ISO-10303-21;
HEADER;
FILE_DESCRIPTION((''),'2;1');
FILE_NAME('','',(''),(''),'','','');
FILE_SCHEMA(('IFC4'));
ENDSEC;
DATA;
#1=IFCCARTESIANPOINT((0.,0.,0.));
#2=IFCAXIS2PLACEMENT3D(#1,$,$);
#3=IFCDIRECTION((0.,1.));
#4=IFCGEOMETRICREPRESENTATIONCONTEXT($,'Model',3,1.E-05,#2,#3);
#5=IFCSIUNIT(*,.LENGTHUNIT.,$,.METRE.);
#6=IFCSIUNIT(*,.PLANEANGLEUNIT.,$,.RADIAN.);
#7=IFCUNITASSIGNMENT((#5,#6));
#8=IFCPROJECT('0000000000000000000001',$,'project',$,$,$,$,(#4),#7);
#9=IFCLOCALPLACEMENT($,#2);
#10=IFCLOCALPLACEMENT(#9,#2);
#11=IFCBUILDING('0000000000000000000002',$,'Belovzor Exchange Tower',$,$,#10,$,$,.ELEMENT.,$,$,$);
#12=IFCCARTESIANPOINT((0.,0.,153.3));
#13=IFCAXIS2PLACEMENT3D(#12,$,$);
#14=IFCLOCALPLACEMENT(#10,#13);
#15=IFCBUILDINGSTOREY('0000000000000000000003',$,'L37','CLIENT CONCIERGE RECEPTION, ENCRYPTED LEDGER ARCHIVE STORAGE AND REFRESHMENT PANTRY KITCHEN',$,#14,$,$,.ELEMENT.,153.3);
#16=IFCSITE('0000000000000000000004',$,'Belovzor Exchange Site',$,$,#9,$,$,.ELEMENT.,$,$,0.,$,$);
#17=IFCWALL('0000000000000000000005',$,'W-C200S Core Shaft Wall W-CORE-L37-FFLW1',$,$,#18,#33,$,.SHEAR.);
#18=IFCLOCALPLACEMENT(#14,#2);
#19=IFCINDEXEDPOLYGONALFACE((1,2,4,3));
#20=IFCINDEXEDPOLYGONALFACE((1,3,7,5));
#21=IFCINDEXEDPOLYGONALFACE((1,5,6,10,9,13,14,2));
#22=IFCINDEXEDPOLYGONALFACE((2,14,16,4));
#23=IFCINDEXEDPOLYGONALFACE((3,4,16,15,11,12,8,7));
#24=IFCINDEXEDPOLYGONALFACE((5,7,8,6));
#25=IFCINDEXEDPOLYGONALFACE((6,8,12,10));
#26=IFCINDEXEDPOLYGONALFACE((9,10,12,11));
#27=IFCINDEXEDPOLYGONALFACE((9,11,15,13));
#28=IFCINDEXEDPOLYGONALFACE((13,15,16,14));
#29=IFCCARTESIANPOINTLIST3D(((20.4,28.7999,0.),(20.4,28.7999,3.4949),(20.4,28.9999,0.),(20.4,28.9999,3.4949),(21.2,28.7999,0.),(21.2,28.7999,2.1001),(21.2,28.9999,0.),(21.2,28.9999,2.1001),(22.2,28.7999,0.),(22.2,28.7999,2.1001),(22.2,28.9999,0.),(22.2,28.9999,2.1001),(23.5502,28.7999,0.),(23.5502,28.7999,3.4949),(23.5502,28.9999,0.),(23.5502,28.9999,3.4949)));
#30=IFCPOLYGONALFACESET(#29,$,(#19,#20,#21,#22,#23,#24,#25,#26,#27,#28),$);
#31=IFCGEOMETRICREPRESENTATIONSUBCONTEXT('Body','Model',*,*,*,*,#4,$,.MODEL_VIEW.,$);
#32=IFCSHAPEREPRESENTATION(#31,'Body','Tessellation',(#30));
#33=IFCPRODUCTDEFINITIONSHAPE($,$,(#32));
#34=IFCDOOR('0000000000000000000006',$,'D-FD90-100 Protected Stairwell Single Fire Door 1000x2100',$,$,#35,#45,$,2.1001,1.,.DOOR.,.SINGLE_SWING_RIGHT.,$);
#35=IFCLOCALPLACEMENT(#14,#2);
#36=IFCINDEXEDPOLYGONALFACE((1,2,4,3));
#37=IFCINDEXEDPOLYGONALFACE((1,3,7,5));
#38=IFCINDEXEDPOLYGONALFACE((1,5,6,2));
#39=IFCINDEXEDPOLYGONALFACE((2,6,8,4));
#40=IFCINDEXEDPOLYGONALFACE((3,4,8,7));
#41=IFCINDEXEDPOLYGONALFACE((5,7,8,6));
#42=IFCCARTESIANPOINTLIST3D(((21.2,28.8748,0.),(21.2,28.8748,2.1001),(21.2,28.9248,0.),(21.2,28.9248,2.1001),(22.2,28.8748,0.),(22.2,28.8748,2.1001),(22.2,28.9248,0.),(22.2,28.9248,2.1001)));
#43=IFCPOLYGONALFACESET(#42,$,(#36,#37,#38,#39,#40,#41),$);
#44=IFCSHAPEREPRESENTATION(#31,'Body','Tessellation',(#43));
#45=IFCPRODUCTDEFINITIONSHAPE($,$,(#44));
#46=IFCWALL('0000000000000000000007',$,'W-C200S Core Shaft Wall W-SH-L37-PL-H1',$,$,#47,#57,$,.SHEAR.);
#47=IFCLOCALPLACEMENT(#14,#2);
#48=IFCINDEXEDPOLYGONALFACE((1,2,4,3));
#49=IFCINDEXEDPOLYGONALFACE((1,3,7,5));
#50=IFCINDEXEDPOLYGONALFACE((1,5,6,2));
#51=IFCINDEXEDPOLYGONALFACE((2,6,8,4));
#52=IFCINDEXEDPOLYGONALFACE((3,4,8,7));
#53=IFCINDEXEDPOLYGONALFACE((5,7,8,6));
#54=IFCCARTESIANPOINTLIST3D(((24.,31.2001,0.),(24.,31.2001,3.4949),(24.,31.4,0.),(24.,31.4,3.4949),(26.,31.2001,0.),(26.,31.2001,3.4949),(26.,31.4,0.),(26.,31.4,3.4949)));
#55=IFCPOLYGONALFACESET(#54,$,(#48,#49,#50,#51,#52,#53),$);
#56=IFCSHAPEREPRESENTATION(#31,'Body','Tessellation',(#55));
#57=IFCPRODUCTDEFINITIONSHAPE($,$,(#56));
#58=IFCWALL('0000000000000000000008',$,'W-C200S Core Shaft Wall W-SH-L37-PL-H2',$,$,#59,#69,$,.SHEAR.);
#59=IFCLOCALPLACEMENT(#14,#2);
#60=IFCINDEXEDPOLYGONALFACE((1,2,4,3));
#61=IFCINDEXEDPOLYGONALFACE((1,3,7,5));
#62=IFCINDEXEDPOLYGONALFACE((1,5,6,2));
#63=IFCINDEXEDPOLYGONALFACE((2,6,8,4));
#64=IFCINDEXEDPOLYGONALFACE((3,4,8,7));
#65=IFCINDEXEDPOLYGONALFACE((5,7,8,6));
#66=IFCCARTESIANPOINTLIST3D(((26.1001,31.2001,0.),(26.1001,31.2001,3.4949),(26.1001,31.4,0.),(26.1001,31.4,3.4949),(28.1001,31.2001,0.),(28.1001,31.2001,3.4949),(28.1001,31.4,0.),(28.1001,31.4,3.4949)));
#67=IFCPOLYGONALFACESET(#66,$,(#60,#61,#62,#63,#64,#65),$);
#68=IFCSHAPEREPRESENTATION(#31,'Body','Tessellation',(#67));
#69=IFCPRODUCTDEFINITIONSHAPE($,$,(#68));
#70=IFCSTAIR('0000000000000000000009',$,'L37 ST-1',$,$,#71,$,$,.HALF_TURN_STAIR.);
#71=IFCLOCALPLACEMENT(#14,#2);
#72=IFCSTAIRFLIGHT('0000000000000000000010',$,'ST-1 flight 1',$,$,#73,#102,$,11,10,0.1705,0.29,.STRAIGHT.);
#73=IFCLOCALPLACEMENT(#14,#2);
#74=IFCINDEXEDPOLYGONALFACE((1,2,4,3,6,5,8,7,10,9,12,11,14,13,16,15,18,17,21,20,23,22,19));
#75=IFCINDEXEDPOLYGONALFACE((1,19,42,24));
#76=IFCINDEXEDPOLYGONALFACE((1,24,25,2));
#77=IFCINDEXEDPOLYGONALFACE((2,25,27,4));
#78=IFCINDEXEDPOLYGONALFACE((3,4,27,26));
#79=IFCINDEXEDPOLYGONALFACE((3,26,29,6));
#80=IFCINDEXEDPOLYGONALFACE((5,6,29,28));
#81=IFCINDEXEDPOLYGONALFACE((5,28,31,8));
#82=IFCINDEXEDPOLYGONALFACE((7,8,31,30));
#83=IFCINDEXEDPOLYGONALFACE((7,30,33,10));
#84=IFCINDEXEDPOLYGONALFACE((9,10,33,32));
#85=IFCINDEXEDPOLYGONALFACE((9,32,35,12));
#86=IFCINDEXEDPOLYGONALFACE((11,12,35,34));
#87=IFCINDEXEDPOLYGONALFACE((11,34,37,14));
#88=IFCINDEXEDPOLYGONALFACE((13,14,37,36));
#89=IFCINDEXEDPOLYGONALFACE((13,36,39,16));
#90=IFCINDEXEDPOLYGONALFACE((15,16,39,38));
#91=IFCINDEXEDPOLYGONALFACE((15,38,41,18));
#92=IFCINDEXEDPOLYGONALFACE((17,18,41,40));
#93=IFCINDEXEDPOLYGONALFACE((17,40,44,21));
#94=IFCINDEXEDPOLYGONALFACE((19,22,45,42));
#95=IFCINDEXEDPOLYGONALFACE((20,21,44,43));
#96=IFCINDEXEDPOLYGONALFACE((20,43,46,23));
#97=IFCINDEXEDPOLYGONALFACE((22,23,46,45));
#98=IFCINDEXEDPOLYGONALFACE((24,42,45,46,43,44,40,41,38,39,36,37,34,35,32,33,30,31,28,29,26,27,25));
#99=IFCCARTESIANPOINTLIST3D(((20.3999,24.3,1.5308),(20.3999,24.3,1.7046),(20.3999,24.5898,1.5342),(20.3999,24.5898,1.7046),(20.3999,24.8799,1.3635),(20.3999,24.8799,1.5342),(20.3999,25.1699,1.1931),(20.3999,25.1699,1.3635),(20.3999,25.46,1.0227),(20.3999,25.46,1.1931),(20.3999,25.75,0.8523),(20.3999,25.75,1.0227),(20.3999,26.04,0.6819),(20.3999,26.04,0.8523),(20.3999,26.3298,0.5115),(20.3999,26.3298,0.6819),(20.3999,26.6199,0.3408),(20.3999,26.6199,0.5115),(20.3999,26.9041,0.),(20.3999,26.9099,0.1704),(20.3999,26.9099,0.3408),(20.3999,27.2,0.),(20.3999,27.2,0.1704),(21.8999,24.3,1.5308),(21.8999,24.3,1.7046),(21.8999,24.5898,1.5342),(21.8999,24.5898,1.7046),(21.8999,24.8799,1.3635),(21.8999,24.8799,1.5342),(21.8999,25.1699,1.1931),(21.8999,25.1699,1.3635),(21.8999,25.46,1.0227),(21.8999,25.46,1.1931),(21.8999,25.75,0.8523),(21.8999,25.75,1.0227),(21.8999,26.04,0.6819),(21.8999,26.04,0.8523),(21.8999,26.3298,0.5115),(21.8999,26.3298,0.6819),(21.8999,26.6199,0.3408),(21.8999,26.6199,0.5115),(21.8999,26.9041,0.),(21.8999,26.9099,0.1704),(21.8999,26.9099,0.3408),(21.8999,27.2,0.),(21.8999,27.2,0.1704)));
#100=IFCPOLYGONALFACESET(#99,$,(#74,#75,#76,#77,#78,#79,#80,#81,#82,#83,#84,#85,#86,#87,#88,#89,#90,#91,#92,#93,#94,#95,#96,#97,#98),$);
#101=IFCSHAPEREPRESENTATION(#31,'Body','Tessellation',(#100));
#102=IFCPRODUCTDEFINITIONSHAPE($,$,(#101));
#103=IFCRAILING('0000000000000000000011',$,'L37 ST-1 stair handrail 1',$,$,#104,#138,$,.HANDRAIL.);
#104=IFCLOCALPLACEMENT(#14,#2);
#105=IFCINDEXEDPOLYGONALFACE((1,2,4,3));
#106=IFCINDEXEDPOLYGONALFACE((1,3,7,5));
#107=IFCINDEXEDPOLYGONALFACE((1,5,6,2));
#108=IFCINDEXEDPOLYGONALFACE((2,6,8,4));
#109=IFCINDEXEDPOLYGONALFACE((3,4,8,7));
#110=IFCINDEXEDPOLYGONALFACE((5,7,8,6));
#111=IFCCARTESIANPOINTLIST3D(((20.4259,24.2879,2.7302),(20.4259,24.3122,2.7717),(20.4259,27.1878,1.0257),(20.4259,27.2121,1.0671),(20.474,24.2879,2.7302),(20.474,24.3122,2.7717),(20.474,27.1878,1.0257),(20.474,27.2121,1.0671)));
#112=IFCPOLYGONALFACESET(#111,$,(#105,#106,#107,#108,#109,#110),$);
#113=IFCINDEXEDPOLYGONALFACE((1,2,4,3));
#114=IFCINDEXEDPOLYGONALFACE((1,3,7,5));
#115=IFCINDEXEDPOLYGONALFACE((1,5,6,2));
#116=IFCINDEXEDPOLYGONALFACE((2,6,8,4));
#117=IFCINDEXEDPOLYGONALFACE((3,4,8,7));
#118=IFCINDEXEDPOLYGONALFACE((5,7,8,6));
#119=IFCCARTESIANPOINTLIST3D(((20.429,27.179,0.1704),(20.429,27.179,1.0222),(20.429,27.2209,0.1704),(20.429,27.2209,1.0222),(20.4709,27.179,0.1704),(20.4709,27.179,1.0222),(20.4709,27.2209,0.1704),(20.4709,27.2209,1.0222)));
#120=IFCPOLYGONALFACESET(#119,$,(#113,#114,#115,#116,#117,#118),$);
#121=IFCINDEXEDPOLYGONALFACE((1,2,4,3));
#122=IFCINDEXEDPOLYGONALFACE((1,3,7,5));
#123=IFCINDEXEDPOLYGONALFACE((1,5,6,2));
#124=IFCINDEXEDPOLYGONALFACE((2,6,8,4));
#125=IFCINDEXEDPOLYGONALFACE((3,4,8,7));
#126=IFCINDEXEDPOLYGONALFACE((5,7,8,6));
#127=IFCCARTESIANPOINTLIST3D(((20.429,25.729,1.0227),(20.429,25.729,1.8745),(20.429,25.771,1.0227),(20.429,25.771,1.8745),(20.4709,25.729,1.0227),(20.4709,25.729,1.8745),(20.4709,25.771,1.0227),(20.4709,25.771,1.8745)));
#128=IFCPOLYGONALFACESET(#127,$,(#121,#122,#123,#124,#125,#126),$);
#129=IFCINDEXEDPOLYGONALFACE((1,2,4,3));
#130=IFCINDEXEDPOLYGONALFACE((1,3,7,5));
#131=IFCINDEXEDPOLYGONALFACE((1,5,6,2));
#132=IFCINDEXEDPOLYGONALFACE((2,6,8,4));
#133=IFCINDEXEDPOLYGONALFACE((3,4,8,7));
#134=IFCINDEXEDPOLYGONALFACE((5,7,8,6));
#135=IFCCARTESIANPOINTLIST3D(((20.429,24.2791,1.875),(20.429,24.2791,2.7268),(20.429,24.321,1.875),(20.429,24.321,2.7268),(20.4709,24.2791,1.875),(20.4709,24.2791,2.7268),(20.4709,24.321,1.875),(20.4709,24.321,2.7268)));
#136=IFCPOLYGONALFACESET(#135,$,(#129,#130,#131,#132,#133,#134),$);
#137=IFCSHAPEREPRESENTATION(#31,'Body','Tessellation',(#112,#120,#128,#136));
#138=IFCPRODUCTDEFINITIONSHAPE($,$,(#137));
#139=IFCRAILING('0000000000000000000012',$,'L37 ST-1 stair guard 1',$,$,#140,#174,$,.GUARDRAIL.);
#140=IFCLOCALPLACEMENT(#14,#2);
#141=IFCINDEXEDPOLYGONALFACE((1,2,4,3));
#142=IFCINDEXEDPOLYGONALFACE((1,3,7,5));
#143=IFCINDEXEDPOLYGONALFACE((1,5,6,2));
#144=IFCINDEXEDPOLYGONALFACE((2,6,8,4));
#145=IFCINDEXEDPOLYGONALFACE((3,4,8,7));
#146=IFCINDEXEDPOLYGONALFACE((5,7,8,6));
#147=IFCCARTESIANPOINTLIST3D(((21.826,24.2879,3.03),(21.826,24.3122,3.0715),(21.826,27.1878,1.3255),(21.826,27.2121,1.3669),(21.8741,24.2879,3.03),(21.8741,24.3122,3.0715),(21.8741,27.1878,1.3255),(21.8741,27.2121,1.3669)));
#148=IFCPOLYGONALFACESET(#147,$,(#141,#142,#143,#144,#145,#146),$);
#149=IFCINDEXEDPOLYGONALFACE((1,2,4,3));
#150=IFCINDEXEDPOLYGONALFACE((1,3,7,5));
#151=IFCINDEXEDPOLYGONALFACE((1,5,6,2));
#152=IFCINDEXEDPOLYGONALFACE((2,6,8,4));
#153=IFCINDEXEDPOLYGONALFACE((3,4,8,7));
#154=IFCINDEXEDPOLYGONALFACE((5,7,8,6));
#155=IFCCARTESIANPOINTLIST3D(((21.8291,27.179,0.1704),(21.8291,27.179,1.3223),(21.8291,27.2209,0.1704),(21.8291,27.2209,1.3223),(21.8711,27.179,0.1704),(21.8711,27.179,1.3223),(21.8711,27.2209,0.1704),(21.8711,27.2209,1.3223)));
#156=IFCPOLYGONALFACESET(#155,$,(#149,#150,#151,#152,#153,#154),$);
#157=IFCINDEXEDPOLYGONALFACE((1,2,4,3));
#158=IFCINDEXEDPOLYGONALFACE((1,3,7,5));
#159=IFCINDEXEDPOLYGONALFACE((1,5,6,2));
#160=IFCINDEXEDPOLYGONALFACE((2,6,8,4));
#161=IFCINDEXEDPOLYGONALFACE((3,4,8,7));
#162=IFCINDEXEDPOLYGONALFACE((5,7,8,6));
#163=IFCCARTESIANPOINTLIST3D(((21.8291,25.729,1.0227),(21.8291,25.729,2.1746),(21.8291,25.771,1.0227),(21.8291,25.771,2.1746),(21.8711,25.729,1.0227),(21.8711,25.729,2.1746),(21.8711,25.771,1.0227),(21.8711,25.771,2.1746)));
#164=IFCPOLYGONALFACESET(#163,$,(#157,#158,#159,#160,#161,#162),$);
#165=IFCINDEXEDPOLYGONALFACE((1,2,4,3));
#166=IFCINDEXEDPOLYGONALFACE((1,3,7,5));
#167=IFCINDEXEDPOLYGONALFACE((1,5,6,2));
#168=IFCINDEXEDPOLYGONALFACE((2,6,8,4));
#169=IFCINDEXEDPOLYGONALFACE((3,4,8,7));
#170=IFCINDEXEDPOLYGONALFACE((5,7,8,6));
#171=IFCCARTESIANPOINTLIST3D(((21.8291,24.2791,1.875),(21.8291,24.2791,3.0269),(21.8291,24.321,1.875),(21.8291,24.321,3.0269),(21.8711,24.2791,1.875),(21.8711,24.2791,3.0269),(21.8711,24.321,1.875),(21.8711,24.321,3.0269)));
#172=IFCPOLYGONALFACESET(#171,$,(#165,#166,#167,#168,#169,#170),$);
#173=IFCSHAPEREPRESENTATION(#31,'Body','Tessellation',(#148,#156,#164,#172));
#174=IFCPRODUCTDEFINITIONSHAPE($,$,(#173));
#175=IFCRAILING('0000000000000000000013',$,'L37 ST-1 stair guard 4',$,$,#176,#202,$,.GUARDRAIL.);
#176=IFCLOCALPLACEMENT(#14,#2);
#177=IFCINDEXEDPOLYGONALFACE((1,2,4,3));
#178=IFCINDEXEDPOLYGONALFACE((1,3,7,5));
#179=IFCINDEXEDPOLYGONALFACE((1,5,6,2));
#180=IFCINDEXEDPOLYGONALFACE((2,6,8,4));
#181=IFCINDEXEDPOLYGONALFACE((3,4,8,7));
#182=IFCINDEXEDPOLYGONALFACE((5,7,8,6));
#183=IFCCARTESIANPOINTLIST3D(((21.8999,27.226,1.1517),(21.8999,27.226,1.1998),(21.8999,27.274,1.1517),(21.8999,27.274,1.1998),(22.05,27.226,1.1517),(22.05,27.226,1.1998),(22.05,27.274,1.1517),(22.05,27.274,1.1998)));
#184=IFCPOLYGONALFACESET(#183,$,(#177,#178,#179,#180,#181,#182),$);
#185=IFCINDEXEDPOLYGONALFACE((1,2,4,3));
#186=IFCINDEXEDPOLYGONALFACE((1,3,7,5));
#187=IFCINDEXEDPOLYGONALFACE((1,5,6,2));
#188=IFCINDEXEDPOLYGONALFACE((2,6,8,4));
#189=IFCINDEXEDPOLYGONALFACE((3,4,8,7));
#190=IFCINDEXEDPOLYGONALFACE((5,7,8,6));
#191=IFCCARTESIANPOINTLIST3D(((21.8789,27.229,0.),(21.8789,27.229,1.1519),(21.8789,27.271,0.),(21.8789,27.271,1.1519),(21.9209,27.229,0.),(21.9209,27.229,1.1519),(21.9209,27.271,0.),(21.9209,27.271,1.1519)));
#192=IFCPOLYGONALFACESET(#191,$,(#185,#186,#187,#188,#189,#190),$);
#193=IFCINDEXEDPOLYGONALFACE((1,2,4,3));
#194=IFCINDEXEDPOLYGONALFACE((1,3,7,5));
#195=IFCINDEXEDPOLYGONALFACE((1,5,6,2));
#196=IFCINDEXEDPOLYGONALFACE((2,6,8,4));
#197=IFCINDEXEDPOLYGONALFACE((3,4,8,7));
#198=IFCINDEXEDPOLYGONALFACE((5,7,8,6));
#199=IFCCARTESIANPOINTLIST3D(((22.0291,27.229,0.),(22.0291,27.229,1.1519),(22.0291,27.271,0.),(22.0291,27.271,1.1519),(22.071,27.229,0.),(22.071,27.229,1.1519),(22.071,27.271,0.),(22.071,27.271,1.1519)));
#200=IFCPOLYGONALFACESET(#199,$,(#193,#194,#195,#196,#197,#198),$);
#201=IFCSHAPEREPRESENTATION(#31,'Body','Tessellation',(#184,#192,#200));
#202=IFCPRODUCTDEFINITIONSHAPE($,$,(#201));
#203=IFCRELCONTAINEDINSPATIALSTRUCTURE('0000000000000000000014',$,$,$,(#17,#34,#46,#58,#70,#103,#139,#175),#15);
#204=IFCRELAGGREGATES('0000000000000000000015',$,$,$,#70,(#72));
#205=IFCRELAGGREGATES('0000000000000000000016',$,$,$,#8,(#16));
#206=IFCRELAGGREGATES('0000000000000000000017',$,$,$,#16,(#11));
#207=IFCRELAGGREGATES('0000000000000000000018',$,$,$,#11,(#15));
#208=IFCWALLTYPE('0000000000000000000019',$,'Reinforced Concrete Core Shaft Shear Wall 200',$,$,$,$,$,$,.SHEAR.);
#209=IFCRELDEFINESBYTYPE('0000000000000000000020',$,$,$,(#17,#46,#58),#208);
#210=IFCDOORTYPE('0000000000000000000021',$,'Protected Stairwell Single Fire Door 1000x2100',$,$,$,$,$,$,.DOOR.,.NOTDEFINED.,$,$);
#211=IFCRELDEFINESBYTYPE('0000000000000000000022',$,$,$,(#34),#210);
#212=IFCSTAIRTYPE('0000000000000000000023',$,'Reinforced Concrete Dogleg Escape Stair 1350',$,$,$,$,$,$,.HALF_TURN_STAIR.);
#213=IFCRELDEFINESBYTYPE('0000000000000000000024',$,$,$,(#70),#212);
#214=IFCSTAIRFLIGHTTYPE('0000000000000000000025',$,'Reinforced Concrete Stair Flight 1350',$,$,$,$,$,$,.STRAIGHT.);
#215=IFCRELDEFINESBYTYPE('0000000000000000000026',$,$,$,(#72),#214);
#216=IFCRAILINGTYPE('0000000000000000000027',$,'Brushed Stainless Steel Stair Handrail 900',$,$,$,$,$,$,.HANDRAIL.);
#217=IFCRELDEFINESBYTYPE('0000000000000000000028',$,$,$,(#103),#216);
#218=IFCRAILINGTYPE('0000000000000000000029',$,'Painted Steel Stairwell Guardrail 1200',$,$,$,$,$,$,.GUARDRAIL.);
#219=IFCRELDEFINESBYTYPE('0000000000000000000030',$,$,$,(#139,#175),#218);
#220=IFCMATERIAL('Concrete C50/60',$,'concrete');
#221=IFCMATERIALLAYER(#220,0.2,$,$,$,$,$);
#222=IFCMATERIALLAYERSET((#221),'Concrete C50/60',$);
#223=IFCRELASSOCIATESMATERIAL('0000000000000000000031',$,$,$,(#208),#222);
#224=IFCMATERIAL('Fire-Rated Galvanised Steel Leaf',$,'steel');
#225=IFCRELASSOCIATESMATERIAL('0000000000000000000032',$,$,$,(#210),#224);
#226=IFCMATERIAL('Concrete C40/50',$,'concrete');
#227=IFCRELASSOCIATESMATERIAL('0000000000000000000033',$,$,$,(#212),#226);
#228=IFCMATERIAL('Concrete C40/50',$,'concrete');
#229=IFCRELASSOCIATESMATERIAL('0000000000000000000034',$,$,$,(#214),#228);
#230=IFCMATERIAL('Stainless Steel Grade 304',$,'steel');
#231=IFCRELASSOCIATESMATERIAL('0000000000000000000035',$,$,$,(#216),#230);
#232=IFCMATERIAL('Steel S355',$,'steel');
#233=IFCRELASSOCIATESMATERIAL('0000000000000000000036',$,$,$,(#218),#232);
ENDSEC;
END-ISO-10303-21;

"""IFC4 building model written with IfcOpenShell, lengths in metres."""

from ifc_helpers import new_model, si_unit, direction, frame, frame_2d, origin, origin_2d, place, context, subcontext, project, spatial, polyline, rectangle, outline, extrude, material, layer, layer_set, type_object, element, fill, aggregate, save


model = new_model("IFC4")

# Units and contexts
model_context = context("Model", 3, precision=1e-05, world=origin(), true_north=direction((0.0, 1.0)))
body_context = subcontext(model_context, "Body", "Model", "MODEL_VIEW")
ifc_project = project(units=[si_unit("LENGTHUNIT", "METRE"), si_unit("PLANEANGLEUNIT", "RADIAN")], contexts=[model_context])

# Site, building, storey
site_placement = place(None, origin())
site = spatial("IfcSite", under=ifc_project, at=site_placement, Name="Belovzor Exchange Site", CompositionType="ELEMENT", RefElevation=0.0)
building_placement = place(site_placement, origin())
building = spatial("IfcBuilding", under=site, at=building_placement, Name="Belovzor Exchange Tower", CompositionType="ELEMENT")
storey_placement = place(building_placement, frame((0.0, 0.0, 153.3)))
storey = spatial("IfcBuildingStorey", under=building, at=storey_placement, Name="L37", Description="CLIENT CONCIERGE RECEPTION, ENCRYPTED LEDGER ARCHIVE STORAGE AND REFRESHMENT PANTRY KITCHEN", CompositionType="ELEMENT", Elevation=153.3)

# Wall, opening, door
ifc_material_1 = material(Name="Concrete C50/60", Category="concrete")
ifc_layer_1 = layer(ifc_material_1, 0.2)
ifc_layer_set_1 = layer_set([ifc_layer_1], Name="Concrete C50/60")
wall_type_1 = type_object("IfcWallType", Name="Reinforced Concrete Core Shaft Shear Wall 200", PredefinedType="SHEAR", material=ifc_layer_set_1)
wall_1_placement = place(storey_placement, frame((20.3999, 28.8999, 0.0), z_axis=(0.0, 0.0, 1.0), x_axis=(1.0, 0.0, 0.0)))
wall_1 = element("IfcWall", 1, at=wall_1_placement, inside=storey, type_object=wall_type_1, Name="W-C200S Core Shaft Wall W-CORE-L37-FFLW1", PredefinedType="SHEAR", context=body_context, shape_type="SweptSolid", body=[
    extrude(rectangle(XDim=3.1501, YDim=0.2, at=frame_2d((1.5752, 0.0))), origin(), (0.0, 0.0, 1.0), 3.4949),
])
opening_1_placement = place(wall_1_placement, frame((0.8, 0.0, 0.0)))
opening_1 = element("IfcOpeningElement", 2, at=opening_1_placement, cuts=wall_1, PredefinedType="OPENING", context=body_context, shape_type="SweptSolid", body=[
    extrude(rectangle(XDim=1.0, YDim=2.1001, at=frame_2d((0.5, 1.05))), frame((0.0, 0.1099, 0.0), z_axis=(0.0, -1.0, 0.0), x_axis=(1.0, 0.0, 0.0)), (0.0, 0.0, 1.0), 0.22),
])
ifc_material_2 = material(Name="Fire-Rated Galvanised Steel Leaf", Category="steel")
door_type_1 = type_object("IfcDoorType", Name="Protected Stairwell Single Fire Door 1000x2100", OperationType="NOTDEFINED", PredefinedType="DOOR", material=ifc_material_2)
door_1_placement = place(opening_1_placement, origin())
door_1 = element("IfcDoor", 3, at=door_1_placement, inside=storey, type_object=door_type_1, Name="D-FD90-100 Protected Stairwell Single Fire Door 1000x2100", OperationType="SINGLE_SWING_RIGHT", OverallHeight=2.1001, OverallWidth=1.0, PredefinedType="DOOR", context=body_context, shape_type="SweptSolid", body=[
    extrude(rectangle(XDim=1.0, YDim=2.1001, at=frame_2d((0.5, 1.05))), frame((0.0, 0.0249, 0.0), z_axis=(0.0, -1.0, 0.0), x_axis=(1.0, 0.0, 0.0)), (0.0, 0.0, 1.0), 0.05),
])
fill(opening_1, door_1)

# Walls
for number, where, z_axis, x_axis, name in (
    (4, (24.0, 31.3, 0.0), (0.0, 0.0, 1.0), (1.0, 0.0, 0.0), "W-C200S Core Shaft Wall W-SH-L37-PL-H1"),
    (5, (26.1001, 31.3, 0.0), (0.0, 0.0, 1.0), (1.0, 0.0, 0.0), "W-C200S Core Shaft Wall W-SH-L37-PL-H2"),
):
    element("IfcWall", number, at=place(storey_placement, frame(where, z_axis=z_axis, x_axis=x_axis)), inside=storey, type_object=wall_type_1, Name=name, PredefinedType="SHEAR", context=body_context, shape_type="SweptSolid", body=[
        extrude(rectangle(XDim=2.0, YDim=0.2, at=frame_2d((1.0, 0.0))), origin(), (0.0, 0.0, 1.0), 3.4949),
    ])

# Stair, stair flight
ifc_material_3 = material(Name="Concrete C40/50", Category="concrete")
stair_type = type_object("IfcStairType", Name="Reinforced Concrete Dogleg Escape Stair 1350", PredefinedType="HALF_TURN_STAIR", material=ifc_material_3)
stair_placement = place(storey_placement, origin())
stair = element("IfcStair", 6, at=stair_placement, inside=storey, type_object=stair_type, Name="L37 ST-1", PredefinedType="HALF_TURN_STAIR")
ifc_material_4 = material(Name="Concrete C40/50", Category="concrete")
stair_flight_type = type_object("IfcStairFlightType", Name="Reinforced Concrete Stair Flight 1350", PredefinedType="STRAIGHT", material=ifc_material_4)
stair_flight_placement = place(storey_placement, frame((21.1499, 27.2, 0.0), z_axis=(0.0, 0.0, 1.0), x_axis=(0.0, -1.0, 0.0)))
stair_flight = element("IfcStairFlight", 7, at=stair_flight_placement, type_object=stair_flight_type, Name="ST-1 flight 1", NumberOfRisers=11, NumberOfTreads=10, PredefinedType="STRAIGHT", RiserHeight=0.1705, TreadLength=0.29, context=body_context, shape_type="SweptSolid", body=[
    extrude(outline(polyline([(0.0, 0.0), (0.0, 0.1704), (0.29, 0.1704), (0.29, 0.3408), (0.5801, 0.3408), (0.5801, 0.5115), (0.8701, 0.5115), (0.8701, 0.6819), (1.1599, 0.6819), (1.1599, 0.8523), (1.45, 0.8523), (1.45, 1.0227), (1.74, 1.0227), (1.74, 1.1931), (2.03, 1.1931), (2.03, 1.3635), (2.3201, 1.3635), (2.3201, 1.5342), (2.6101, 1.5342), (2.6101, 1.7046), (2.8999, 1.7046), (2.8999, 1.875), (2.8999, 1.5308), (0.2959, 0.0), (0.0, 0.0)])), frame((0.0, 0.75, 0.0), z_axis=(0.0, -1.0, 0.0), x_axis=(1.0, 0.0, 0.0)), (0.0, 0.0, 1.0), 1.5),
])
aggregate(stair, [stair_flight])

# Railings
ifc_material_5 = material(Name="Stainless Steel Grade 304", Category="steel")
railing_type_1 = type_object("IfcRailingType", Name="Brushed Stainless Steel Stair Handrail 900", PredefinedType="HANDRAIL", material=ifc_material_5)
railing_1_placement = place(storey_placement, frame((20.45, 27.2, 0.1704)))
element("IfcRailing", 8, at=railing_1_placement, inside=storey, type_object=railing_type_1, Name="L37 ST-1 stair handrail 1", PredefinedType="HANDRAIL", context=body_context, shape_type="SweptSolid", body=[
    extrude(rectangle(XDim=0.0481, YDim=0.0481, at=origin_2d()), frame((0.0, 0.0, 0.876), z_axis=(0.0, -0.862095, 0.506747), x_axis=(1.0, 0.0, 0.0)), (0.0, 0.0, 1.0), 3.3638),
    extrude(rectangle(XDim=0.042, YDim=0.042, at=origin_2d()), origin(), (0.0, 0.0, 1.0), 0.8518),
    extrude(rectangle(XDim=0.042, YDim=0.042, at=origin_2d()), frame((0.0, -1.45, 0.8523)), (0.0, 0.0, 1.0), 0.8518),
    extrude(rectangle(XDim=0.042, YDim=0.042, at=origin_2d()), frame((0.0, -2.8999, 1.7046)), (0.0, 0.0, 1.0), 0.8518),
])
ifc_material_6 = material(Name="Steel S355", Category="steel")
railing_type_2 = type_object("IfcRailingType", Name="Painted Steel Stairwell Guardrail 1200", PredefinedType="GUARDRAIL", material=ifc_material_6)
railing_2_placement = place(storey_placement, frame((21.8501, 27.2, 0.1704)))
element("IfcRailing", 9, at=railing_2_placement, inside=storey, type_object=railing_type_2, Name="L37 ST-1 stair guard 1", PredefinedType="GUARDRAIL", context=body_context, shape_type="SweptSolid", body=[
    extrude(rectangle(XDim=0.0481, YDim=0.0481, at=origin_2d()), frame((0.0, 0.0, 1.1758), z_axis=(0.0, -0.862095, 0.506747), x_axis=(1.0, 0.0, 0.0)), (0.0, 0.0, 1.0), 3.3638),
    extrude(rectangle(XDim=0.042, YDim=0.042, at=origin_2d()), origin(), (0.0, 0.0, 1.0), 1.1519),
    extrude(rectangle(XDim=0.042, YDim=0.042, at=origin_2d()), frame((0.0, -1.45, 0.8523)), (0.0, 0.0, 1.0), 1.1519),
    extrude(rectangle(XDim=0.042, YDim=0.042, at=origin_2d()), frame((0.0, -2.8999, 1.7046)), (0.0, 0.0, 1.0), 1.1519),
])
railing_3_placement = place(storey_placement, frame((21.8999, 27.25, 0.0)))
element("IfcRailing", 10, at=railing_3_placement, inside=storey, type_object=railing_type_2, Name="L37 ST-1 stair guard 4", PredefinedType="GUARDRAIL", context=body_context, shape_type="SweptSolid", body=[
    extrude(rectangle(XDim=0.0481, YDim=0.0481, at=origin_2d()), frame((0.0, 0.0, 1.1758), z_axis=(1.0, 0.0, 0.0), x_axis=(0.0, 1.0, 0.0)), (0.0, 0.0, 1.0), 0.1501),
    extrude(rectangle(XDim=0.042, YDim=0.042, at=origin_2d()), origin(), (0.0, 0.0, 1.0), 1.1519),
    extrude(rectangle(XDim=0.042, YDim=0.042, at=origin_2d()), frame((0.1501, 0.0, 0.0)), (0.0, 0.0, 1.0), 1.1519),
])

save(model, "model.ifc")
